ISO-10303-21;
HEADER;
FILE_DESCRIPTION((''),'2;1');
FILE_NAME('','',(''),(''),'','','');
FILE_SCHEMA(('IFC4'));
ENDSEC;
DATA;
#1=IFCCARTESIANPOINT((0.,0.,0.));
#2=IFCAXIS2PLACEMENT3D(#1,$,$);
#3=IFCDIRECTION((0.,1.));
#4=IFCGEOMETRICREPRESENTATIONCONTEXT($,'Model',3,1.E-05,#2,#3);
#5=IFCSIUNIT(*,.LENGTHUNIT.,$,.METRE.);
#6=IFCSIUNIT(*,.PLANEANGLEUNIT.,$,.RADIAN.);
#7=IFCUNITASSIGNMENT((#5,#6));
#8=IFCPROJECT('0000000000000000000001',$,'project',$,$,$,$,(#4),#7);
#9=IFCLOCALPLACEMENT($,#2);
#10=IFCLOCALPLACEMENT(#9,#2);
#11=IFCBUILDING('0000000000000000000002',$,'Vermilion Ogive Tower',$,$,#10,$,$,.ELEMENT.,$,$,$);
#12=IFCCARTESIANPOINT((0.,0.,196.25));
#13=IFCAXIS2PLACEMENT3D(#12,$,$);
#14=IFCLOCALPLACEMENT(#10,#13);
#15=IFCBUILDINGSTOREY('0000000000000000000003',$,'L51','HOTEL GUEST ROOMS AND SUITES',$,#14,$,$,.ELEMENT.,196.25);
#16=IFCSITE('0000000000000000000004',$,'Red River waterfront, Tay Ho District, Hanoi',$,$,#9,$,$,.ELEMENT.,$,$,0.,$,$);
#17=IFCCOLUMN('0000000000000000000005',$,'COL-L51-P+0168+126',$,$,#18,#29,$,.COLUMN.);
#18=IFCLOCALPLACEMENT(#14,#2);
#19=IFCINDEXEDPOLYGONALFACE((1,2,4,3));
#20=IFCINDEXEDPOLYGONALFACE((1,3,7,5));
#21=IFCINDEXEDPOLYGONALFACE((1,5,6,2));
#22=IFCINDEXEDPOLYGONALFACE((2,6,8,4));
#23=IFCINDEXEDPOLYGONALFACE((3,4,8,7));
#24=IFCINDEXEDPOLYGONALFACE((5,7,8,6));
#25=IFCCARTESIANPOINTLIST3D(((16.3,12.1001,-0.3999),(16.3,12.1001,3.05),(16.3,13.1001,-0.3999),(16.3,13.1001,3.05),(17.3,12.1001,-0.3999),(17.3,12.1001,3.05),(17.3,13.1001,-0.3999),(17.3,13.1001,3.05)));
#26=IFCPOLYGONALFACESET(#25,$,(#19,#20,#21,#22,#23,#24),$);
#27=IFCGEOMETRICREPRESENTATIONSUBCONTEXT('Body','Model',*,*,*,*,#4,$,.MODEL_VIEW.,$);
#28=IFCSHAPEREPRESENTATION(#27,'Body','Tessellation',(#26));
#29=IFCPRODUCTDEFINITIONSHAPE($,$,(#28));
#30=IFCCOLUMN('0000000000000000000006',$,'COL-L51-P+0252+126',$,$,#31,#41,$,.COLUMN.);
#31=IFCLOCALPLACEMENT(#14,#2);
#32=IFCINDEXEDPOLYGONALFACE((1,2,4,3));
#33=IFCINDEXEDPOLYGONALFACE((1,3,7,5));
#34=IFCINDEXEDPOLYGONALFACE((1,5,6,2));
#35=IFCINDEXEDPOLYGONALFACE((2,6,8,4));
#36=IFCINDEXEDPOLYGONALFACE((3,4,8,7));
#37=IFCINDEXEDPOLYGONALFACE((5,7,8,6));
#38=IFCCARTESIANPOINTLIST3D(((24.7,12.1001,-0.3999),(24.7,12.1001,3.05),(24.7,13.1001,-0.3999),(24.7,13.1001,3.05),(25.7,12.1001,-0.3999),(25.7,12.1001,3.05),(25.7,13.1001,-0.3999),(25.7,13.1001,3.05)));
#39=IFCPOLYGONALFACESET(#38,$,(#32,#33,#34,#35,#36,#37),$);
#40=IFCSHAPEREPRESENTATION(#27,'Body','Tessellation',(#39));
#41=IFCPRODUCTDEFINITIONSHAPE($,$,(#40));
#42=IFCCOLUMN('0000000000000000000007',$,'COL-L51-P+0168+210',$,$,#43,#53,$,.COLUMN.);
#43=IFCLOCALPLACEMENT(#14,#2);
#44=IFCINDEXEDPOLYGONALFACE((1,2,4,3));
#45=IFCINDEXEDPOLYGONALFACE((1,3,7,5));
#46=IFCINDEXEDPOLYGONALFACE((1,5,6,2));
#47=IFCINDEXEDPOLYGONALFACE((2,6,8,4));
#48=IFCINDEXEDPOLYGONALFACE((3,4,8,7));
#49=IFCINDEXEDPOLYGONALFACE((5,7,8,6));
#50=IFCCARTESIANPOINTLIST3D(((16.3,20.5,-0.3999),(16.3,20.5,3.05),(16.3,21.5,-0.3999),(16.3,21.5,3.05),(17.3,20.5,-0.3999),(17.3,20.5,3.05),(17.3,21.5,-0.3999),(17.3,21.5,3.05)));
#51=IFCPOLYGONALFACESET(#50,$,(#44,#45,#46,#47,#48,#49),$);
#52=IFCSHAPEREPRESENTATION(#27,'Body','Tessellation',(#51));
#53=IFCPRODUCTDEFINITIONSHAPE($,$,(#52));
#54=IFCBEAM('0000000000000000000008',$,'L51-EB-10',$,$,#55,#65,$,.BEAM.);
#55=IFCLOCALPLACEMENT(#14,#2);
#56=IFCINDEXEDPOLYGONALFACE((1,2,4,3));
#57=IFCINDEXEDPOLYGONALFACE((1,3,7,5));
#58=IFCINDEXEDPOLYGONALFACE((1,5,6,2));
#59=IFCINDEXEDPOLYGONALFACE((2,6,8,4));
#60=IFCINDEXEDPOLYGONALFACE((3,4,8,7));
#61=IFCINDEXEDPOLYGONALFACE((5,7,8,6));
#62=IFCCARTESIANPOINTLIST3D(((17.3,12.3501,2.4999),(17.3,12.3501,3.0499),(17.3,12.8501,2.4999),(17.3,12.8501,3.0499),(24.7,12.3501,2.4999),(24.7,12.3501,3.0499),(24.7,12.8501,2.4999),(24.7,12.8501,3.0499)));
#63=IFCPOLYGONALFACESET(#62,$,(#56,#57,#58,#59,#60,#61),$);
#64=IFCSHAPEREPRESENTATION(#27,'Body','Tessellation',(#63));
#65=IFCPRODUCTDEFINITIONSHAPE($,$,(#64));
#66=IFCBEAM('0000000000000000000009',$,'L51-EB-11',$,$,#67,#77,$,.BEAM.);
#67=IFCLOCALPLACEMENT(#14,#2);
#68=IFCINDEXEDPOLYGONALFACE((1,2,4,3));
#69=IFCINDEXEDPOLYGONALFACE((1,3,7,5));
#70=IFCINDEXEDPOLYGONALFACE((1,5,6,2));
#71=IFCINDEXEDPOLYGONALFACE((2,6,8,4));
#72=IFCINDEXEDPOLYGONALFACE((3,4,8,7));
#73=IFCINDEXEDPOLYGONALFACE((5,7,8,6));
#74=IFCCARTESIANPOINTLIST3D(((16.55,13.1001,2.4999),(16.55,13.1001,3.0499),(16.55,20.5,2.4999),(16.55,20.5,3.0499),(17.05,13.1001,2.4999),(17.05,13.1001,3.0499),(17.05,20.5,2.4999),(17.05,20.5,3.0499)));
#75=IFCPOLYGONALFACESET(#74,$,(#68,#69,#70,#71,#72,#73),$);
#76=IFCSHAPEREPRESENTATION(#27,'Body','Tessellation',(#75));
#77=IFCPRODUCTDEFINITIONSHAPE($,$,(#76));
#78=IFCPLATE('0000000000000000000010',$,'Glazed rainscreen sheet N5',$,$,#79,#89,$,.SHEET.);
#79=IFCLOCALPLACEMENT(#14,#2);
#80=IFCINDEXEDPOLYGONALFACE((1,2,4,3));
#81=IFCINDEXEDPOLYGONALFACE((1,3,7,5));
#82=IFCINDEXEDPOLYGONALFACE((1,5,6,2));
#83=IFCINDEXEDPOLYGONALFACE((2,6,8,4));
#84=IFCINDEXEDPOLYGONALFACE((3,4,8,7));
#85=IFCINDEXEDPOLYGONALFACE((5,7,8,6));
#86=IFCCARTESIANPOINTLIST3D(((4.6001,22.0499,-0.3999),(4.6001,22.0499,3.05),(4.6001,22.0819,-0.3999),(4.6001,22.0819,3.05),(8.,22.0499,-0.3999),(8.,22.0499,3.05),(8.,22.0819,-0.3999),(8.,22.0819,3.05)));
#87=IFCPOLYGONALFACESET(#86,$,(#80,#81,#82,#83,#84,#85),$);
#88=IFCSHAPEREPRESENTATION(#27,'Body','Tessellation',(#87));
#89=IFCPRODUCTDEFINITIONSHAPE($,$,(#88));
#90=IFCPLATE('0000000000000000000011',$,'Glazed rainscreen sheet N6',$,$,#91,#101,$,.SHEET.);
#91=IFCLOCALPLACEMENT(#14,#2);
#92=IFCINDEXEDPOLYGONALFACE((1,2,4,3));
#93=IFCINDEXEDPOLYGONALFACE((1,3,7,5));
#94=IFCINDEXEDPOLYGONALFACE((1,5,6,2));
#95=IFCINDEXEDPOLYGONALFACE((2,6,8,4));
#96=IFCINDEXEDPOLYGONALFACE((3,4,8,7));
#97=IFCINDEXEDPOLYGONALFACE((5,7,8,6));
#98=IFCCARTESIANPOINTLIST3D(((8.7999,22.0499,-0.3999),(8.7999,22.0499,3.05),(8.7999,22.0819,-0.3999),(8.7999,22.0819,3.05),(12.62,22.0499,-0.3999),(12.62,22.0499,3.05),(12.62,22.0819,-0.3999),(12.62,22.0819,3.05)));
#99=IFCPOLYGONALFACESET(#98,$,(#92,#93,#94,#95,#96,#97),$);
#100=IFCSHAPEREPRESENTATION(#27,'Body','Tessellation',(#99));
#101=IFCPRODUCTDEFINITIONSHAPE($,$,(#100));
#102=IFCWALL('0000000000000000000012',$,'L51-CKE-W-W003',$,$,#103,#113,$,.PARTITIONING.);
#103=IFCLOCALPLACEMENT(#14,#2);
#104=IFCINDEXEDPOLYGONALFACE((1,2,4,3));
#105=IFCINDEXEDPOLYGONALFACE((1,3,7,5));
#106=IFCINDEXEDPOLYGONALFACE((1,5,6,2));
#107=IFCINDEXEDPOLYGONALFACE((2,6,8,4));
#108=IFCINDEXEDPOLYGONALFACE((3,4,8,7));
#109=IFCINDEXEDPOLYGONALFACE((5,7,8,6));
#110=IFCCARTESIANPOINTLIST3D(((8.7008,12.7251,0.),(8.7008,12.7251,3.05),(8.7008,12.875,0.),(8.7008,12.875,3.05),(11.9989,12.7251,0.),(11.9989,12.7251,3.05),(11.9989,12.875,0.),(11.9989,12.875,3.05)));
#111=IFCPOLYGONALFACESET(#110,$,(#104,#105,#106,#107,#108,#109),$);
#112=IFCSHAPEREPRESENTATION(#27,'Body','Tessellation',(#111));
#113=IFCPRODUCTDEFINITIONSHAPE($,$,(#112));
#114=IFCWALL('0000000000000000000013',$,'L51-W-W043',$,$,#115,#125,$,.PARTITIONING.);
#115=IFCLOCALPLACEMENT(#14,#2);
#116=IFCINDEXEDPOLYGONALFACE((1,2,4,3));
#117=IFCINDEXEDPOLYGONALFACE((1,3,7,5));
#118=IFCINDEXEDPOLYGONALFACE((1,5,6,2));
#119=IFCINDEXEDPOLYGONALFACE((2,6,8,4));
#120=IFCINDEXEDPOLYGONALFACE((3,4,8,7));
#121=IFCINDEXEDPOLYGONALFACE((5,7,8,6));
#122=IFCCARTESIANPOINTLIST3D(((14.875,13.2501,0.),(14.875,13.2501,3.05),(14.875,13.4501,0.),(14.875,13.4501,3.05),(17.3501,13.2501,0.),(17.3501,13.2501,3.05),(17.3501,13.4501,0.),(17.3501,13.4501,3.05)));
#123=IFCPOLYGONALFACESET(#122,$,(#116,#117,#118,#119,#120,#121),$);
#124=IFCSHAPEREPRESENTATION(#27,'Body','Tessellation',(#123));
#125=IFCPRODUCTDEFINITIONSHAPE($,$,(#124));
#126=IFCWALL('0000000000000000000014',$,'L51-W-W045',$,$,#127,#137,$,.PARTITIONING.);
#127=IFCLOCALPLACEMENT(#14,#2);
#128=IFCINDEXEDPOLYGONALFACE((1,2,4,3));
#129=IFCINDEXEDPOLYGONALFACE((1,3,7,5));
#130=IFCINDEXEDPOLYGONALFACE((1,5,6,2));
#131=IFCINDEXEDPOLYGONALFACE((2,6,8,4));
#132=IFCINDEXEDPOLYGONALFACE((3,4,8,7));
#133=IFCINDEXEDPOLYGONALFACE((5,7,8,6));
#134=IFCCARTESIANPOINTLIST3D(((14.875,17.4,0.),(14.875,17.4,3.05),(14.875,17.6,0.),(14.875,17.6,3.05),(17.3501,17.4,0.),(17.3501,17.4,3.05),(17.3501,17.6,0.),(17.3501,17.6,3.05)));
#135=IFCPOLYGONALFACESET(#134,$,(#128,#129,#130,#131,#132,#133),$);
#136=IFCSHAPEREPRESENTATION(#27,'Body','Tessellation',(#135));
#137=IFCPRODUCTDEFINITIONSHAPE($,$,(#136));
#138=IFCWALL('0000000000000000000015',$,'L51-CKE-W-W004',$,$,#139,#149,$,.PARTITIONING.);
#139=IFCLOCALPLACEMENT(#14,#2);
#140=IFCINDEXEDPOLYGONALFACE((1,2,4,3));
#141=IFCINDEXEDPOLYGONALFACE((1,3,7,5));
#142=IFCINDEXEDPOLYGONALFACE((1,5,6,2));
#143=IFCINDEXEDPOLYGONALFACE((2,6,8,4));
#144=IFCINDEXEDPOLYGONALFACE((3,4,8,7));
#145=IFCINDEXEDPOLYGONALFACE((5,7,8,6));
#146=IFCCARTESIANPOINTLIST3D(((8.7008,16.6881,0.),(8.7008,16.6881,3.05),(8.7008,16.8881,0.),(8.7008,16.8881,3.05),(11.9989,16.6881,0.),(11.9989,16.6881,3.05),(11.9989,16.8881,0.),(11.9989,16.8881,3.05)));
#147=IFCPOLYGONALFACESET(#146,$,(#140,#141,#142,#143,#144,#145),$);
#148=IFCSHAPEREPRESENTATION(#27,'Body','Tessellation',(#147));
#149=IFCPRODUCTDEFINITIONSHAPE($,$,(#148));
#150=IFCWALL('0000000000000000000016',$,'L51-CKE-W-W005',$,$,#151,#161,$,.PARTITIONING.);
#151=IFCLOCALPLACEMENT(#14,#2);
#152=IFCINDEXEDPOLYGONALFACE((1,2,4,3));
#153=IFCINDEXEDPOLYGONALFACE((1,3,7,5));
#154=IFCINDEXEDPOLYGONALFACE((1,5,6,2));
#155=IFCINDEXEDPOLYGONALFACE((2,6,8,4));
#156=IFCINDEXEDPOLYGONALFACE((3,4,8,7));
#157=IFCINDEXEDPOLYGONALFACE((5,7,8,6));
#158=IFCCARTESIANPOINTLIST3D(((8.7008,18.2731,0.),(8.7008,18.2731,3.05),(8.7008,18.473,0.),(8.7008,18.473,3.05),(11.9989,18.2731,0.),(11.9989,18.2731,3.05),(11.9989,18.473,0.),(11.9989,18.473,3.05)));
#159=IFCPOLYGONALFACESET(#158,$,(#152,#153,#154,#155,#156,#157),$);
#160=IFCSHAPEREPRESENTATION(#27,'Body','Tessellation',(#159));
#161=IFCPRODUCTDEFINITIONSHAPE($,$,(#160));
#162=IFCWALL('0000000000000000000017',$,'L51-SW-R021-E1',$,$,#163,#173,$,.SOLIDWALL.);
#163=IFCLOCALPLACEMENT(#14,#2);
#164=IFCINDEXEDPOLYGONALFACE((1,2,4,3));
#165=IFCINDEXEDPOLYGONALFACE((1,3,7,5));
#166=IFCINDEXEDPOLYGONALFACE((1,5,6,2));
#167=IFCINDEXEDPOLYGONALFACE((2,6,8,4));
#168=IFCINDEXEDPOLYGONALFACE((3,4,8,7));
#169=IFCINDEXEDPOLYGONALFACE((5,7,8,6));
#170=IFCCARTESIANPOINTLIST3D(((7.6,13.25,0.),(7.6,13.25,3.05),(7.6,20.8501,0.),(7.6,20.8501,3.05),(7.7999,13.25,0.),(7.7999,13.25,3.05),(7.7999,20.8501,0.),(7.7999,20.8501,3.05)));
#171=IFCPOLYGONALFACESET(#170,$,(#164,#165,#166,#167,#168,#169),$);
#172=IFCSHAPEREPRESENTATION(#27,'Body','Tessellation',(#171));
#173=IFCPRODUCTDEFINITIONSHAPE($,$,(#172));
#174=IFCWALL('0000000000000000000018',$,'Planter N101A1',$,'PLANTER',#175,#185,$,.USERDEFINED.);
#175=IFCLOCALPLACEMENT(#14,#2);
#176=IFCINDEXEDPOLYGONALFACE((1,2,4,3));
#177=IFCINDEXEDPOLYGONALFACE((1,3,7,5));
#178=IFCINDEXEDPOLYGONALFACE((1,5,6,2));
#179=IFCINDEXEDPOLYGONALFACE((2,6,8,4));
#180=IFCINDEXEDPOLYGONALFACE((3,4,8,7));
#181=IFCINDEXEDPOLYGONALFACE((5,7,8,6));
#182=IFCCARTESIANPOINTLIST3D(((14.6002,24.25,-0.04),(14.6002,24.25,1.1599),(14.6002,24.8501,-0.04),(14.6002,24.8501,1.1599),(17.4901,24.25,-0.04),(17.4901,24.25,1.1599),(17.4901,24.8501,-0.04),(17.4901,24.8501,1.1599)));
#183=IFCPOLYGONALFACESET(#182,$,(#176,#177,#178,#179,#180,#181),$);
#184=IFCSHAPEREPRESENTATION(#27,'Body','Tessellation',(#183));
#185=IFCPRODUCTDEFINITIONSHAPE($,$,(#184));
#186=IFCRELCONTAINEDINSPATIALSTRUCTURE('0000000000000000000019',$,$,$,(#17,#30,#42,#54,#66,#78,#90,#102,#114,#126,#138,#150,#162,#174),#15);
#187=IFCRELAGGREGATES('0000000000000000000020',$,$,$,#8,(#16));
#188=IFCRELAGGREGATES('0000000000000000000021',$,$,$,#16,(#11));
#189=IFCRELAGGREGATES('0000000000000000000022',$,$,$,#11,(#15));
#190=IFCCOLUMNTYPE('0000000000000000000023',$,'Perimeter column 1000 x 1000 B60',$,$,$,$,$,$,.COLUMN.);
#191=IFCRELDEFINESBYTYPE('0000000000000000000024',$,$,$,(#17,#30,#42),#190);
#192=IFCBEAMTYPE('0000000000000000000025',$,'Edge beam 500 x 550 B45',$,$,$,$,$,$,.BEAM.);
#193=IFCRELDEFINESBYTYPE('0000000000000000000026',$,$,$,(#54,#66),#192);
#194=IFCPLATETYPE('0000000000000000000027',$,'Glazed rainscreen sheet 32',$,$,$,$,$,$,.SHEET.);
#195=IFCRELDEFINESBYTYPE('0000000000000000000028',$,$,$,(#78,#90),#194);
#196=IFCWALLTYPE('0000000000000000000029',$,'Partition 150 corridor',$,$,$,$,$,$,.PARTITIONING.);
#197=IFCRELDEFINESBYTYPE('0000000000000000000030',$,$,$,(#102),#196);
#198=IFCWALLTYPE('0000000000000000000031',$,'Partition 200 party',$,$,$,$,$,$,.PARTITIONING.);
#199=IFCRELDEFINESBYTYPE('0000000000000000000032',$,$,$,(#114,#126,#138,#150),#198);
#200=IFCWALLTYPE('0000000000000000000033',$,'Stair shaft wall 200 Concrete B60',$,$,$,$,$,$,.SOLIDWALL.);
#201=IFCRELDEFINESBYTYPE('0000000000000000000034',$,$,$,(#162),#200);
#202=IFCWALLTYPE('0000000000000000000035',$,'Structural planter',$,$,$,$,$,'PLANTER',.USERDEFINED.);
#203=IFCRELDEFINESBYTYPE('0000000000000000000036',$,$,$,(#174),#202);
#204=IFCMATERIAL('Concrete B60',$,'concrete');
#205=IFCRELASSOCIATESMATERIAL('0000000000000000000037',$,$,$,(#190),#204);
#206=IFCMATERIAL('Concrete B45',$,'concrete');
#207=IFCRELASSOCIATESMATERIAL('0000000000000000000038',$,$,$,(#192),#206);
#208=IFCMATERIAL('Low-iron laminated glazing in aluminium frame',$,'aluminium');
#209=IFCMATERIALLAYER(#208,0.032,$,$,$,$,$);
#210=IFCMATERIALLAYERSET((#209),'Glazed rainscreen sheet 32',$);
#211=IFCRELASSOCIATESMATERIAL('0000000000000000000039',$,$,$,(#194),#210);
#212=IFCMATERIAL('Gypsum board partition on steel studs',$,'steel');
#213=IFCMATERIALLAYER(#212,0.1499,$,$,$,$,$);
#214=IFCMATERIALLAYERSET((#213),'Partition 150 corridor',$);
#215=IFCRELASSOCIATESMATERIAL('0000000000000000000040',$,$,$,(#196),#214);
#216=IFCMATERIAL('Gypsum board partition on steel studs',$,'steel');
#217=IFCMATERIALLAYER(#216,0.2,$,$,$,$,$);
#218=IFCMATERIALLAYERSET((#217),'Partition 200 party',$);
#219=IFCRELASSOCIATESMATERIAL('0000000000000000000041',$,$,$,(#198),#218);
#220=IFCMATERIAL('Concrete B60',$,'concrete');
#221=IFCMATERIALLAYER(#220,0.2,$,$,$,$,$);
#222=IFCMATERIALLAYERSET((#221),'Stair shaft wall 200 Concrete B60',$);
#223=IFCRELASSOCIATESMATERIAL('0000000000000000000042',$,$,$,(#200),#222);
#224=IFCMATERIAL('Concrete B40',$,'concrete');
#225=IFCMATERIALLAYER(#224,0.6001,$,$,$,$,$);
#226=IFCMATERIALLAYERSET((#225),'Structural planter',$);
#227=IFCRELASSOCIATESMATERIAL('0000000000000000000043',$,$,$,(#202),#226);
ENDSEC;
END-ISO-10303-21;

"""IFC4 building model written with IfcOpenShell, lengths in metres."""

from ifc_helpers import new_model, si_unit, direction, frame, frame_2d, origin, origin_2d, place, context, subcontext, project, spatial, rectangle, extrude, material, layer, layer_set, material_profile, profile_set, type_object, element, save


model = new_model("IFC4")

# Units and contexts
model_context = context("Model", 3, precision=1e-05, world=origin(), true_north=direction((0.0, 1.0)))
body_context = subcontext(model_context, "Body", "Model", "MODEL_VIEW")
ifc_project = project(units=[si_unit("LENGTHUNIT", "METRE"), si_unit("PLANEANGLEUNIT", "RADIAN")], contexts=[model_context])

# Site, building, storey
site_placement = place(None, origin())
site = spatial("IfcSite", under=ifc_project, at=site_placement, Name="Red River waterfront, Tay Ho District, Hanoi", CompositionType="ELEMENT", RefElevation=0.0)
building_placement = place(site_placement, origin())
building = spatial("IfcBuilding", under=site, at=building_placement, Name="Vermilion Ogive Tower", CompositionType="ELEMENT")
storey_placement = place(building_placement, frame((0.0, 0.0, 196.25)))
storey = spatial("IfcBuildingStorey", under=building, at=storey_placement, Name="L51", Description="HOTEL GUEST ROOMS AND SUITES", CompositionType="ELEMENT", Elevation=196.25)

# Columns
ifc_material_1 = material(Name="Concrete B60", Category="concrete")
ifc_material_profile_1 = material_profile(ifc_material_1, rectangle(XDim=1.0, YDim=1.0, at=origin_2d()), Name="1000 x 1000")
ifc_profile_set_1 = profile_set([ifc_material_profile_1], Name="Concrete B60")
column_type = type_object("IfcColumnType", Name="Perimeter column 1000 x 1000 B60", PredefinedType="COLUMN", material=ifc_profile_set_1)
for number, where, z_axis, x_axis, name in (
    (1, (16.8, 12.6001, -0.3999), (0.0, 0.0, 1.0), (1.0, 0.0, 0.0), "COL-L51-P+0168+126"),
    (2, (25.2, 12.6001, -0.3999), (0.0, 0.0, 1.0), (1.0, 0.0, 0.0), "COL-L51-P+0252+126"),
    (3, (16.8, 21.0, -0.3999), (0.0, 0.0, 1.0), (1.0, 0.0, 0.0), "COL-L51-P+0168+210"),
):
    element("IfcColumn", number, at=place(storey_placement, frame(where, z_axis=z_axis, x_axis=x_axis)), inside=storey, type_object=column_type, Name=name, PredefinedType="COLUMN", context=body_context, shape_type="SweptSolid", body=[
        extrude(rectangle(XDim=1.0, YDim=1.0, at=origin_2d()), origin(), (0.0, 0.0, 1.0), 3.45),
    ])

# Beams
ifc_material_2 = material(Name="Concrete B45", Category="concrete")
ifc_material_profile_2 = material_profile(ifc_material_2, rectangle(XDim=0.5, YDim=0.55, at=origin_2d()), Name="500 x 550")
ifc_profile_set_2 = profile_set([ifc_material_profile_2], Name="Concrete B45")
beam_type = type_object("IfcBeamType", Name="Edge beam 500 x 550 B45", PredefinedType="BEAM", material=ifc_profile_set_2)
for number, where, z_axis, x_axis, name in (
    (4, (24.7, 12.6001, 2.7749), (-1.0, 0.0, 0.0), (0.0, -1.0, 0.0), "L51-EB-10"),
    (5, (16.8, 13.1001, 2.7749), (0.0, 1.0, 0.0), (-1.0, 0.0, 0.0), "L51-EB-11"),
):
    element("IfcBeam", number, at=place(storey_placement, frame(where, z_axis=z_axis, x_axis=x_axis)), inside=storey, type_object=beam_type, Name=name, PredefinedType="BEAM", context=body_context, shape_type="SweptSolid", body=[
        extrude(rectangle(XDim=0.5, YDim=0.55, at=origin_2d()), origin(), (0.0, 0.0, 1.0), 7.3999),
    ])

# Plates
ifc_material_3 = material(Name="Low-iron laminated glazing in aluminium frame", Category="aluminium")
ifc_layer_1 = layer(ifc_material_3, 0.032)
ifc_layer_set_1 = layer_set([ifc_layer_1], Name="Glazed rainscreen sheet 32")
plate_type = type_object("IfcPlateType", Name="Glazed rainscreen sheet 32", PredefinedType="SHEET", material=ifc_layer_set_1)
plate_1_placement = place(storey_placement, frame((6.3, 22.0659, -0.3999), z_axis=(0.0, 0.0, 1.0), x_axis=(1.0, 0.0, 0.0)))
element("IfcPlate", 6, at=plate_1_placement, inside=storey, type_object=plate_type, Name="Glazed rainscreen sheet N5", PredefinedType="SHEET", context=body_context, shape_type="SweptSolid", body=[
    extrude(rectangle(XDim=3.3999, YDim=0.032, at=origin_2d()), origin(), (0.0, 0.0, 1.0), 3.45),
])
plate_2_placement = place(storey_placement, frame((10.71, 22.0659, -0.3999), z_axis=(0.0, 0.0, 1.0), x_axis=(1.0, 0.0, 0.0)))
element("IfcPlate", 7, at=plate_2_placement, inside=storey, type_object=plate_type, Name="Glazed rainscreen sheet N6", PredefinedType="SHEET", context=body_context, shape_type="SweptSolid", body=[
    extrude(rectangle(XDim=3.8201, YDim=0.032, at=origin_2d()), origin(), (0.0, 0.0, 1.0), 3.45),
])

# Walls
ifc_material_4 = material(Name="Gypsum board partition on steel studs", Category="steel")
ifc_layer_2 = layer(ifc_material_4, 0.1499)
ifc_layer_set_2 = layer_set([ifc_layer_2], Name="Partition 150 corridor")
wall_type_1 = type_object("IfcWallType", Name="Partition 150 corridor", PredefinedType="PARTITIONING", material=ifc_layer_set_2)
wall_1_placement = place(storey_placement, frame((8.7009, 12.8, 0.0), z_axis=(0.0, 0.0, 1.0), x_axis=(1.0, 0.0, 0.0)))
element("IfcWall", 8, at=wall_1_placement, inside=storey, type_object=wall_type_1, Name="L51-CKE-W-W003", PredefinedType="PARTITIONING", context=body_context, shape_type="SweptSolid", body=[
    extrude(rectangle(XDim=3.2981, YDim=0.1499, at=frame_2d((1.6489, 0.0))), origin(), (0.0, 0.0, 1.0), 3.05),
])
ifc_material_5 = material(Name="Gypsum board partition on steel studs", Category="steel")
ifc_layer_3 = layer(ifc_material_5, 0.2)
ifc_layer_set_3 = layer_set([ifc_layer_3], Name="Partition 200 party")
wall_type_2 = type_object("IfcWallType", Name="Partition 200 party", PredefinedType="PARTITIONING", material=ifc_layer_set_3)
for number, where, z_axis, x_axis, name in (
    (9, (14.875, 13.3501, 0.0), (0.0, 0.0, 1.0), (1.0, 0.0, 0.0), "L51-W-W043"),
    (10, (14.875, 17.5, 0.0), (0.0, 0.0, 1.0), (1.0, 0.0, 0.0), "L51-W-W045"),
):
    element("IfcWall", number, at=place(storey_placement, frame(where, z_axis=z_axis, x_axis=x_axis)), inside=storey, type_object=wall_type_2, Name=name, PredefinedType="PARTITIONING", context=body_context, shape_type="SweptSolid", body=[
        extrude(rectangle(XDim=2.4751, YDim=0.2, at=frame_2d((1.2375, 0.0))), origin(), (0.0, 0.0, 1.0), 3.05),
    ])
for number, where, z_axis, x_axis, name in (
    (11, (8.7009, 16.7881, 0.0), (0.0, 0.0, 1.0), (1.0, 0.0, 0.0), "L51-CKE-W-W004"),
    (12, (8.7009, 18.373, 0.0), (0.0, 0.0, 1.0), (1.0, 0.0, 0.0), "L51-CKE-W-W005"),
):
    element("IfcWall", number, at=place(storey_placement, frame(where, z_axis=z_axis, x_axis=x_axis)), inside=storey, type_object=wall_type_2, Name=name, PredefinedType="PARTITIONING", context=body_context, shape_type="SweptSolid", body=[
        extrude(rectangle(XDim=3.2981, YDim=0.2, at=frame_2d((1.6489, 0.0))), origin(), (0.0, 0.0, 1.0), 3.05),
    ])
ifc_material_6 = material(Name="Concrete B60", Category="concrete")
ifc_layer_4 = layer(ifc_material_6, 0.2)
ifc_layer_set_4 = layer_set([ifc_layer_4], Name="Stair shaft wall 200 Concrete B60")
wall_type_3 = type_object("IfcWallType", Name="Stair shaft wall 200 Concrete B60", PredefinedType="SOLIDWALL", material=ifc_layer_set_4)
wall_2_placement = place(storey_placement, frame((7.7, 13.25, 0.0), z_axis=(0.0, 0.0, 1.0), x_axis=(0.0, 1.0, 0.0)))
element("IfcWall", 13, at=wall_2_placement, inside=storey, type_object=wall_type_3, Name="L51-SW-R021-E1", PredefinedType="SOLIDWALL", context=body_context, shape_type="SweptSolid", body=[
    extrude(rectangle(XDim=7.6001, YDim=0.2, at=frame_2d((3.8, 0.0))), origin(), (0.0, 0.0, 1.0), 3.05),
])
ifc_material_7 = material(Name="Concrete B40", Category="concrete")
ifc_layer_5 = layer(ifc_material_7, 0.6001)
ifc_layer_set_5 = layer_set([ifc_layer_5], Name="Structural planter")
wall_type_4 = type_object("IfcWallType", Name="Structural planter", ElementType="PLANTER", PredefinedType="USERDEFINED", material=ifc_layer_set_5)
wall_3_placement = place(storey_placement, frame((17.49, 24.55, -0.04), z_axis=(0.0, 0.0, 1.0), x_axis=(-1.0, 0.0, 0.0)))
element("IfcWall", 14, at=wall_3_placement, inside=storey, type_object=wall_type_4, Name="Planter N101A1", ObjectType="PLANTER", PredefinedType="USERDEFINED", context=body_context, shape_type="SweptSolid", body=[
    extrude(rectangle(XDim=2.8899, YDim=0.6001, at=frame_2d((1.4448, 0.0))), origin(), (0.0, 0.0, 1.0), 1.2),
])

save(model, "model.ifc")
